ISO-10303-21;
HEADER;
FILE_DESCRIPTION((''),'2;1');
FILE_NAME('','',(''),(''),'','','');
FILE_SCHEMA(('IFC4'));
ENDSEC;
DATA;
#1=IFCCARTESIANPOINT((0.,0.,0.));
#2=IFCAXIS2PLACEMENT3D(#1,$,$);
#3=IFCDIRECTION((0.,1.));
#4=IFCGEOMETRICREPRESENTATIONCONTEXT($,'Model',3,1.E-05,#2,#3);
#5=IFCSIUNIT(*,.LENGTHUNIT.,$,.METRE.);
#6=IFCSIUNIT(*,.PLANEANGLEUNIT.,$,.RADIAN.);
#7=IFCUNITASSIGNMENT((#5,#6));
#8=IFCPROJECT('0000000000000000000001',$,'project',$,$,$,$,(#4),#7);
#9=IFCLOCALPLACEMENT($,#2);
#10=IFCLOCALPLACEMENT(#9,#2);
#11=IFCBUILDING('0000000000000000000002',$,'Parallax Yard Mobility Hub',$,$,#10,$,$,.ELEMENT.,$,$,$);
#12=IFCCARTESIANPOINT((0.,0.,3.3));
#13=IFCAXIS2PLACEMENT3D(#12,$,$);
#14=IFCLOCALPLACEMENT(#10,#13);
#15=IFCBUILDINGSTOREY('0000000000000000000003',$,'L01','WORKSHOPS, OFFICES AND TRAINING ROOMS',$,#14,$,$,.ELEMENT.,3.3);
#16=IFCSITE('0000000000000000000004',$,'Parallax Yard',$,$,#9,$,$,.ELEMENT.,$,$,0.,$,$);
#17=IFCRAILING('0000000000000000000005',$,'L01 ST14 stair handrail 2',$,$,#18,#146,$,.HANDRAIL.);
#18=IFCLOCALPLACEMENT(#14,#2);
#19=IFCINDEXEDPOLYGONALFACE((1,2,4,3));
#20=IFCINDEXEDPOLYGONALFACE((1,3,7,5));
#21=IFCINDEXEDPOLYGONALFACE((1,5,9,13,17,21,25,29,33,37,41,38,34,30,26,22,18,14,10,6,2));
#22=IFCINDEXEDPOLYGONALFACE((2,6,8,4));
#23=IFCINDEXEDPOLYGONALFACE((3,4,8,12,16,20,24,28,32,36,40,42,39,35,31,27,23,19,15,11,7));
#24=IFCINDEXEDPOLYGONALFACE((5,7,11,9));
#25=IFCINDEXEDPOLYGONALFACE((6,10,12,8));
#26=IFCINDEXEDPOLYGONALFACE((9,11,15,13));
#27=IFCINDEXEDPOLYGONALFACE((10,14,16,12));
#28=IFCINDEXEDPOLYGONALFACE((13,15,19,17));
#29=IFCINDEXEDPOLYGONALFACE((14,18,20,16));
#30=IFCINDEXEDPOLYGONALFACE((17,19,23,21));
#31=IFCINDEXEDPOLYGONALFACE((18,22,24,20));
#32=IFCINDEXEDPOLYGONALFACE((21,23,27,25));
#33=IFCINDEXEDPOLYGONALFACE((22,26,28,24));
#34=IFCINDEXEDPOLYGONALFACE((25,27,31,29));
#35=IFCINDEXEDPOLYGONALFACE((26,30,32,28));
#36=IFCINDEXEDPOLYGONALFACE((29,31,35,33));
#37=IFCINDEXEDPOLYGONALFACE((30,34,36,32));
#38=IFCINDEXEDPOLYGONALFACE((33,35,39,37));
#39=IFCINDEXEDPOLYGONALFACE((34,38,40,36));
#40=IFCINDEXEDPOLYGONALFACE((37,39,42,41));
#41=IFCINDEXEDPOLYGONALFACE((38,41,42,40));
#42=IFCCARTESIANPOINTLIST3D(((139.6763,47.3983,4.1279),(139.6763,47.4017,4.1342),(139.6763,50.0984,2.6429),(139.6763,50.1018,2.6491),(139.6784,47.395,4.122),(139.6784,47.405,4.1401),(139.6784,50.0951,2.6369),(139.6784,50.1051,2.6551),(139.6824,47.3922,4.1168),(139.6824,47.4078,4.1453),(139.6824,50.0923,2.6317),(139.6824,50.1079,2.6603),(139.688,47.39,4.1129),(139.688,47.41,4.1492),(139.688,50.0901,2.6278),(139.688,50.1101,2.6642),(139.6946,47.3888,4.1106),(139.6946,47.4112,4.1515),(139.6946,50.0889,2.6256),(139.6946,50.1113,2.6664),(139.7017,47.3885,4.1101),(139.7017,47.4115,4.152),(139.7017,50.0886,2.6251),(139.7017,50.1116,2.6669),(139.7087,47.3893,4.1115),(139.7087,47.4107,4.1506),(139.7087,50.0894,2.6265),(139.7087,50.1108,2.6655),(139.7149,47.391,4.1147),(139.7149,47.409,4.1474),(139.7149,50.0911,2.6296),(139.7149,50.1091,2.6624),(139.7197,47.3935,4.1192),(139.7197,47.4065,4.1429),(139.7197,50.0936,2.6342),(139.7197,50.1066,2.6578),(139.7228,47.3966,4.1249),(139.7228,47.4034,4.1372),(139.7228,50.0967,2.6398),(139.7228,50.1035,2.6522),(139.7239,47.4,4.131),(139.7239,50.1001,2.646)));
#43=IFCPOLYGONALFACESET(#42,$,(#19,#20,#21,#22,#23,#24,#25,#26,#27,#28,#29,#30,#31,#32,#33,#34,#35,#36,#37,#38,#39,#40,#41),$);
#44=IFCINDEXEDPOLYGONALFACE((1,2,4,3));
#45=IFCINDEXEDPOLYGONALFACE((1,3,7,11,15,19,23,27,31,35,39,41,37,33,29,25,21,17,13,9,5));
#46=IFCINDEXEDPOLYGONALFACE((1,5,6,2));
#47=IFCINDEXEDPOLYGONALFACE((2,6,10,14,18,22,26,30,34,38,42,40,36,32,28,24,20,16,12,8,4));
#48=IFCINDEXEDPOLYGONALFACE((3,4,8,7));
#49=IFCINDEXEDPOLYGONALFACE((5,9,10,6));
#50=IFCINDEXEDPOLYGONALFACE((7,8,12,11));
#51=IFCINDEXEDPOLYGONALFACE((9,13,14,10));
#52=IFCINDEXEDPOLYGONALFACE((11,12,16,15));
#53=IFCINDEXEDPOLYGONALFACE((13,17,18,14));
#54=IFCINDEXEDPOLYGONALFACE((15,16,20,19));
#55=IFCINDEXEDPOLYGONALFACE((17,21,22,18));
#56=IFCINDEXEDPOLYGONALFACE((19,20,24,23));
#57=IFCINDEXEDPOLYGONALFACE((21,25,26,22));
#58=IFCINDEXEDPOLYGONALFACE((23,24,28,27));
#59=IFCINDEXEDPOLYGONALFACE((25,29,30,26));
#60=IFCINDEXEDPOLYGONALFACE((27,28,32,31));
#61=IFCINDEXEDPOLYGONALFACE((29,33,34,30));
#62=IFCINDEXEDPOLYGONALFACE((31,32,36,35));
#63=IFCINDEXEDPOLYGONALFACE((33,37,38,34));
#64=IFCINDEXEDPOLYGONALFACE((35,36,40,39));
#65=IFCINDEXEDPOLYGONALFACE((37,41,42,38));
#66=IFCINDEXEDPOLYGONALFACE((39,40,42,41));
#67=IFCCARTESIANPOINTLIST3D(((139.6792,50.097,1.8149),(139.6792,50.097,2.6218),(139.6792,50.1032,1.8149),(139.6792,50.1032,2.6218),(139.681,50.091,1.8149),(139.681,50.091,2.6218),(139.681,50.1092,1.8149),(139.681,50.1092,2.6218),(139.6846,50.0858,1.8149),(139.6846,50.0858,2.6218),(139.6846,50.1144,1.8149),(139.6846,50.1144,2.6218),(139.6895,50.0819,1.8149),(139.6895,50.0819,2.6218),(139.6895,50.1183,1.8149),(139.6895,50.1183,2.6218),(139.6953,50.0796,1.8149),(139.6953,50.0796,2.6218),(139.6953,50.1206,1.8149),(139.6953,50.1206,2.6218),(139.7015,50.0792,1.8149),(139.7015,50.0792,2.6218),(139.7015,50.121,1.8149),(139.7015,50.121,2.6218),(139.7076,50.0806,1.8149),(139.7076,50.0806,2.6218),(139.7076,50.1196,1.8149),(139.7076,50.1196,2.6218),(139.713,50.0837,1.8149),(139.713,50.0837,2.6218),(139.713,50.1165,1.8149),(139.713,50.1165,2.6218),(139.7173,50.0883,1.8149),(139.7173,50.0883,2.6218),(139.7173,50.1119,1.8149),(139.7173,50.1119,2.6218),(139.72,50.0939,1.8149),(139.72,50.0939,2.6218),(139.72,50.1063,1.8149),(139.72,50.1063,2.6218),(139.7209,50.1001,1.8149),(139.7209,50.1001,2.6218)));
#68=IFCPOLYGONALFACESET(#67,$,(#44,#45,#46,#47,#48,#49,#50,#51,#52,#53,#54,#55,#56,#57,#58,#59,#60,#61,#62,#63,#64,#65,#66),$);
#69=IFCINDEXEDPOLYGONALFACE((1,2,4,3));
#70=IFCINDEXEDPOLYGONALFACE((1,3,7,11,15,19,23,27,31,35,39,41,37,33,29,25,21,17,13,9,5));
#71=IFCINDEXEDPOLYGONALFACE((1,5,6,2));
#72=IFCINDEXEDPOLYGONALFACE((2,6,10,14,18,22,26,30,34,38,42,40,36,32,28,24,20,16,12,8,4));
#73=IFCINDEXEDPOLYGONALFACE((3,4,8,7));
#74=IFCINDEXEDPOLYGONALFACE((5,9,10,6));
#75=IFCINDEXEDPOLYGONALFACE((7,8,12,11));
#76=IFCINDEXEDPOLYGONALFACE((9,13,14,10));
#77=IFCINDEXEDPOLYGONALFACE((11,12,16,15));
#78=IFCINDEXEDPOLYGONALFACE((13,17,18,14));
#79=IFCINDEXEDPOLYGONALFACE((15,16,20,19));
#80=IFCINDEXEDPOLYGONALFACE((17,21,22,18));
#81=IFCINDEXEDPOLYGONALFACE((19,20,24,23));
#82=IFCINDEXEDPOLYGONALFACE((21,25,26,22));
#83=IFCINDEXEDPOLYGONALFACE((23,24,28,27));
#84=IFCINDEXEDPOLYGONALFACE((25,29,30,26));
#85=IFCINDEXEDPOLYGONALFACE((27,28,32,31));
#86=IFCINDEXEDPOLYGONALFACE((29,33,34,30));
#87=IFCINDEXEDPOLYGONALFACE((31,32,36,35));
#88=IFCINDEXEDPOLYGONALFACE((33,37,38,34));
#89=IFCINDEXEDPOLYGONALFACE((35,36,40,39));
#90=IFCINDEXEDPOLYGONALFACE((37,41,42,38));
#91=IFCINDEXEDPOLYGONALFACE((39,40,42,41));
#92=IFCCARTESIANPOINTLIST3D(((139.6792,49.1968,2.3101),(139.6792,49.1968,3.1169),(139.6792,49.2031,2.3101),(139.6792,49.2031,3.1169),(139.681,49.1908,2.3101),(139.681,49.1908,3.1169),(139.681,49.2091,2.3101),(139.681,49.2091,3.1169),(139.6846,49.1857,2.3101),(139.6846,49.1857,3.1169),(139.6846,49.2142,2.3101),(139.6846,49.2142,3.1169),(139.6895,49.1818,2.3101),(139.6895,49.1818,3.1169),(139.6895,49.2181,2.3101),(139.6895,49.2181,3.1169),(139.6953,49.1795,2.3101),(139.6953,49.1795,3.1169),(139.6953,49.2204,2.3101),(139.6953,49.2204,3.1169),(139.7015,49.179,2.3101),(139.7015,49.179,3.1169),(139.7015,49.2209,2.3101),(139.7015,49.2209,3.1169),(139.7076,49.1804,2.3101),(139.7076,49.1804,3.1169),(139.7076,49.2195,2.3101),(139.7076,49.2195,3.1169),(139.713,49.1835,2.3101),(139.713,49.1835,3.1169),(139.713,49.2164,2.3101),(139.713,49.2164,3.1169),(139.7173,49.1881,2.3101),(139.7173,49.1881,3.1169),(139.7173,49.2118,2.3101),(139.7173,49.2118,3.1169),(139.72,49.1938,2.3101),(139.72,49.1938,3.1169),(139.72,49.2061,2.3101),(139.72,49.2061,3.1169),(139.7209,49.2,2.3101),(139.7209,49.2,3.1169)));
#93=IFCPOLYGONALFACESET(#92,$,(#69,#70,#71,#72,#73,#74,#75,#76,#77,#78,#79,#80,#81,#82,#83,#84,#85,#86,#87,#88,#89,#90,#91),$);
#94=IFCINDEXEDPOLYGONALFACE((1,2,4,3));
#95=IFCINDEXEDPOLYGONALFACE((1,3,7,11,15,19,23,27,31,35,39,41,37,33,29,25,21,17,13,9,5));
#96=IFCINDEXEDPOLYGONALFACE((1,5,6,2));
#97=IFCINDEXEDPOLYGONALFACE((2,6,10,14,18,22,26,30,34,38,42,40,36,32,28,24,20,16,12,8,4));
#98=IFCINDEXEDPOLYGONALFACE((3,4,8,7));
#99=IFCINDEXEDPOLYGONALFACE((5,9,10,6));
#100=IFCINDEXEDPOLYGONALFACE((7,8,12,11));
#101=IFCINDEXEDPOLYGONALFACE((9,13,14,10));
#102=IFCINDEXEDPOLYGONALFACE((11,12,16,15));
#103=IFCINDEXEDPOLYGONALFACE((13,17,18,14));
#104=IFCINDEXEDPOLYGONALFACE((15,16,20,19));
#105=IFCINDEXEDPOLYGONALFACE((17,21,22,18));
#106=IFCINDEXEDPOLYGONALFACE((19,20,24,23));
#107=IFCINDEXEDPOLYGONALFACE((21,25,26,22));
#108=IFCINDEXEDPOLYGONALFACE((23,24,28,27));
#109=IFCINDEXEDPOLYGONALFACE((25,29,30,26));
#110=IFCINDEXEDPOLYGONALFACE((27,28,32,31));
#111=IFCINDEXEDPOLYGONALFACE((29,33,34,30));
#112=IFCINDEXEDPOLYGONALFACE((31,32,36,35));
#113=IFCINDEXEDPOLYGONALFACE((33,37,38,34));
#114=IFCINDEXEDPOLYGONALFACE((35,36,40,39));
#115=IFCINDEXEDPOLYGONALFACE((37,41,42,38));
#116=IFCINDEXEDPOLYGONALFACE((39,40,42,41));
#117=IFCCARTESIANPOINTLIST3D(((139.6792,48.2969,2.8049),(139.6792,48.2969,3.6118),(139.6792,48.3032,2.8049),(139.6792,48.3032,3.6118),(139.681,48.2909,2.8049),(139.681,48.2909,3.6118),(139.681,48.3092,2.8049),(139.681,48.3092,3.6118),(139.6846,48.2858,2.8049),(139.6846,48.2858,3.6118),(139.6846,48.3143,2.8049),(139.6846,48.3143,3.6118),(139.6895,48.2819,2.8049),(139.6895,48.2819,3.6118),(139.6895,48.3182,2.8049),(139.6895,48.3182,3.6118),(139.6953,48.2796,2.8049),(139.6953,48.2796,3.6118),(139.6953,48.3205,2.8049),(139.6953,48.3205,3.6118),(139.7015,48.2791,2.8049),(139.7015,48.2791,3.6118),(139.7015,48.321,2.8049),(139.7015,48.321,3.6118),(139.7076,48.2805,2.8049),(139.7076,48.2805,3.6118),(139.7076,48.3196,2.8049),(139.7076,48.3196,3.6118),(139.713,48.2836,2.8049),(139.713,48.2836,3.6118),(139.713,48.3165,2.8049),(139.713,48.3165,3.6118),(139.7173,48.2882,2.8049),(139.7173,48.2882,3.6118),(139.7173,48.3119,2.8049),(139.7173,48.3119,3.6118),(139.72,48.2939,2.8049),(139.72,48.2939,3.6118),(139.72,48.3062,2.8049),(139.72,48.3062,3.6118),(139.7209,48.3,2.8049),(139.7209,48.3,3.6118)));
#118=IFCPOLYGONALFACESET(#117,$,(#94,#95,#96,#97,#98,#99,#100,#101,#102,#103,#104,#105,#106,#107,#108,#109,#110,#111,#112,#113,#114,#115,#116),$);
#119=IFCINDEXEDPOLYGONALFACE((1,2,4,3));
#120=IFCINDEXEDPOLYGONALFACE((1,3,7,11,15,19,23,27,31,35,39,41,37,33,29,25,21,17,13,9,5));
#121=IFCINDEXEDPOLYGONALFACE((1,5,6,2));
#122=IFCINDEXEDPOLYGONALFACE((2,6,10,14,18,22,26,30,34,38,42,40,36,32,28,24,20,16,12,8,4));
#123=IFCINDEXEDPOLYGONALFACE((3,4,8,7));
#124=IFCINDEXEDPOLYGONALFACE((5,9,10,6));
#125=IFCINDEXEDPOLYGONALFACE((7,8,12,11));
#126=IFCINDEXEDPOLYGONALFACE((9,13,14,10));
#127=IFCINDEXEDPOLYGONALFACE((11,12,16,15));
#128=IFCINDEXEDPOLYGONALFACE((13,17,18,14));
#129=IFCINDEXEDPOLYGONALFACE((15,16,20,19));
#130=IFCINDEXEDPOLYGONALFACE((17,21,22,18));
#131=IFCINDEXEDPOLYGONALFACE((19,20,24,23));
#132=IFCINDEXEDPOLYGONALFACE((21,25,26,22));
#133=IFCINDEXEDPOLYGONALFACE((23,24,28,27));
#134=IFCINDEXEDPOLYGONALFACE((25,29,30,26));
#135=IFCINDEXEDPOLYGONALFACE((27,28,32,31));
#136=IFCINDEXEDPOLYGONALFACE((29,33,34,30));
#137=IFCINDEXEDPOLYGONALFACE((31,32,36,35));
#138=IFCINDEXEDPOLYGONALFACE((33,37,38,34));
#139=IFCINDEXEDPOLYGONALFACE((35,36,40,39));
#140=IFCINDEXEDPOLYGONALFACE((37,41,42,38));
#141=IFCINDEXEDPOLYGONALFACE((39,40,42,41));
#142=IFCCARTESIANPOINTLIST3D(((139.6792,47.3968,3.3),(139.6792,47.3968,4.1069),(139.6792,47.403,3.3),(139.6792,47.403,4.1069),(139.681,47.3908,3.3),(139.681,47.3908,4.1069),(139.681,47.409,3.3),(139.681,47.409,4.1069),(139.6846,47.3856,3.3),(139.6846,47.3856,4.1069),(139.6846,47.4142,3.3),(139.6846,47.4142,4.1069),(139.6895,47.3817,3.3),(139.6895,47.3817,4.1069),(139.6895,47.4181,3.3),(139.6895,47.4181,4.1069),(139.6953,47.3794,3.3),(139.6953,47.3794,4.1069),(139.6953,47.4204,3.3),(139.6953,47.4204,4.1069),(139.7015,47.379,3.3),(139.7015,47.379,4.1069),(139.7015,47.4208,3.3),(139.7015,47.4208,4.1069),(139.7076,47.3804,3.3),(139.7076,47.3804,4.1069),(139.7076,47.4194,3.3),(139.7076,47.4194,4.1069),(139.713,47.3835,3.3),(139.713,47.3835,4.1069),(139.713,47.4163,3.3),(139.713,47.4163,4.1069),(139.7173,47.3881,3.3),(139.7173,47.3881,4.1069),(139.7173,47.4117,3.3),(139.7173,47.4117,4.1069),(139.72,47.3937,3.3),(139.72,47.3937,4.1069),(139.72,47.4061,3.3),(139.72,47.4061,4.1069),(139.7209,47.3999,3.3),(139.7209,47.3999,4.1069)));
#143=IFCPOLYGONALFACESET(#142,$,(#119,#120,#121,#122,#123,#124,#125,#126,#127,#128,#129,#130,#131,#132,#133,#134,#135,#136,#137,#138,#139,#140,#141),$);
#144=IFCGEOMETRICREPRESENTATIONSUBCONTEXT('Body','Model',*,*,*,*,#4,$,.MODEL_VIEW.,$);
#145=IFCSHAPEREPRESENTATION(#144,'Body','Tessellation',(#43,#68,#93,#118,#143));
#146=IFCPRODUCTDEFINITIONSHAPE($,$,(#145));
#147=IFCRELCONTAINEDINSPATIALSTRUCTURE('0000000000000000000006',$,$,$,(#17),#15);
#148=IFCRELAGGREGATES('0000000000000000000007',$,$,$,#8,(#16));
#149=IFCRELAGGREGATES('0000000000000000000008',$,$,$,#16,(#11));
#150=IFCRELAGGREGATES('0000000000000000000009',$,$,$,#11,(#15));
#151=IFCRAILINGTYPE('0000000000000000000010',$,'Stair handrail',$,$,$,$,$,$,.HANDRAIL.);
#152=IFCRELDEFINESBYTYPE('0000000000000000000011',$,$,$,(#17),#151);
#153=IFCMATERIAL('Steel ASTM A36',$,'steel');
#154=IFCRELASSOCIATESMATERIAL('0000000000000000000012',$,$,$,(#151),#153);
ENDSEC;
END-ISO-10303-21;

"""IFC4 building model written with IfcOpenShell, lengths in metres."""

from ifc_helpers import new_model, si_unit, direction, frame, origin, origin_2d, place, context, subcontext, project, spatial, circle, extrude, material, type_object, element, save


model = new_model("IFC4")

# Units and contexts
model_context = context("Model", 3, precision=1e-05, world=origin(), true_north=direction((0.0, 1.0)))
body_context = subcontext(model_context, "Body", "Model", "MODEL_VIEW")
ifc_project = project(units=[si_unit("LENGTHUNIT", "METRE"), si_unit("PLANEANGLEUNIT", "RADIAN")], contexts=[model_context])

# Site, building, storey
site_placement = place(None, origin())
site = spatial("IfcSite", under=ifc_project, at=site_placement, Name="Parallax Yard", CompositionType="ELEMENT", RefElevation=0.0)
building_placement = place(site_placement, origin())
building = spatial("IfcBuilding", under=site, at=building_placement, Name="Parallax Yard Mobility Hub", CompositionType="ELEMENT")
storey_placement = place(building_placement, frame((0.0, 0.0, 3.3)))
storey = spatial("IfcBuildingStorey", under=building, at=storey_placement, Name="L01", Description="WORKSHOPS, OFFICES AND TRAINING ROOMS", CompositionType="ELEMENT", Elevation=3.3)

# Railing
ifc_material_1 = material(Name="Steel ASTM A36", Category="steel")
railing_type_1 = type_object("IfcRailingType", Name="Stair handrail", PredefinedType="HANDRAIL", material=ifc_material_1)
railing_1_placement = place(storey_placement, frame((139.7, 50.1001, 1.8149)))
element("IfcRailing", 1, at=railing_1_placement, inside=storey, type_object=railing_type_1, Name="L01 ST14 stair handrail 2", PredefinedType="HANDRAIL", context=body_context, shape_type="SweptSolid", body=[
    extrude(circle(Radius=0.0239, at=origin_2d()), frame((0.0, 0.0, 0.8311), z_axis=(0.0, -0.876216, 0.481919), x_axis=(1.0, 0.0, 0.0)), (0.0, 0.0, 1.0), 3.0815),
    extrude(circle(Radius=0.021, at=origin_2d()), origin(), (0.0, 0.0, 1.0), 0.8069),
    extrude(circle(Radius=0.021, at=origin_2d()), frame((0.0, -0.9001, 0.4951)), (0.0, 0.0, 1.0), 0.8069),
    extrude(circle(Radius=0.021, at=origin_2d()), frame((0.0, -1.8, 0.99)), (0.0, 0.0, 1.0), 0.8069),
    extrude(circle(Radius=0.021, at=origin_2d()), frame((0.0, -2.7002, 1.4851)), (0.0, 0.0, 1.0), 0.8069),
])

save(model, "model.ifc")
